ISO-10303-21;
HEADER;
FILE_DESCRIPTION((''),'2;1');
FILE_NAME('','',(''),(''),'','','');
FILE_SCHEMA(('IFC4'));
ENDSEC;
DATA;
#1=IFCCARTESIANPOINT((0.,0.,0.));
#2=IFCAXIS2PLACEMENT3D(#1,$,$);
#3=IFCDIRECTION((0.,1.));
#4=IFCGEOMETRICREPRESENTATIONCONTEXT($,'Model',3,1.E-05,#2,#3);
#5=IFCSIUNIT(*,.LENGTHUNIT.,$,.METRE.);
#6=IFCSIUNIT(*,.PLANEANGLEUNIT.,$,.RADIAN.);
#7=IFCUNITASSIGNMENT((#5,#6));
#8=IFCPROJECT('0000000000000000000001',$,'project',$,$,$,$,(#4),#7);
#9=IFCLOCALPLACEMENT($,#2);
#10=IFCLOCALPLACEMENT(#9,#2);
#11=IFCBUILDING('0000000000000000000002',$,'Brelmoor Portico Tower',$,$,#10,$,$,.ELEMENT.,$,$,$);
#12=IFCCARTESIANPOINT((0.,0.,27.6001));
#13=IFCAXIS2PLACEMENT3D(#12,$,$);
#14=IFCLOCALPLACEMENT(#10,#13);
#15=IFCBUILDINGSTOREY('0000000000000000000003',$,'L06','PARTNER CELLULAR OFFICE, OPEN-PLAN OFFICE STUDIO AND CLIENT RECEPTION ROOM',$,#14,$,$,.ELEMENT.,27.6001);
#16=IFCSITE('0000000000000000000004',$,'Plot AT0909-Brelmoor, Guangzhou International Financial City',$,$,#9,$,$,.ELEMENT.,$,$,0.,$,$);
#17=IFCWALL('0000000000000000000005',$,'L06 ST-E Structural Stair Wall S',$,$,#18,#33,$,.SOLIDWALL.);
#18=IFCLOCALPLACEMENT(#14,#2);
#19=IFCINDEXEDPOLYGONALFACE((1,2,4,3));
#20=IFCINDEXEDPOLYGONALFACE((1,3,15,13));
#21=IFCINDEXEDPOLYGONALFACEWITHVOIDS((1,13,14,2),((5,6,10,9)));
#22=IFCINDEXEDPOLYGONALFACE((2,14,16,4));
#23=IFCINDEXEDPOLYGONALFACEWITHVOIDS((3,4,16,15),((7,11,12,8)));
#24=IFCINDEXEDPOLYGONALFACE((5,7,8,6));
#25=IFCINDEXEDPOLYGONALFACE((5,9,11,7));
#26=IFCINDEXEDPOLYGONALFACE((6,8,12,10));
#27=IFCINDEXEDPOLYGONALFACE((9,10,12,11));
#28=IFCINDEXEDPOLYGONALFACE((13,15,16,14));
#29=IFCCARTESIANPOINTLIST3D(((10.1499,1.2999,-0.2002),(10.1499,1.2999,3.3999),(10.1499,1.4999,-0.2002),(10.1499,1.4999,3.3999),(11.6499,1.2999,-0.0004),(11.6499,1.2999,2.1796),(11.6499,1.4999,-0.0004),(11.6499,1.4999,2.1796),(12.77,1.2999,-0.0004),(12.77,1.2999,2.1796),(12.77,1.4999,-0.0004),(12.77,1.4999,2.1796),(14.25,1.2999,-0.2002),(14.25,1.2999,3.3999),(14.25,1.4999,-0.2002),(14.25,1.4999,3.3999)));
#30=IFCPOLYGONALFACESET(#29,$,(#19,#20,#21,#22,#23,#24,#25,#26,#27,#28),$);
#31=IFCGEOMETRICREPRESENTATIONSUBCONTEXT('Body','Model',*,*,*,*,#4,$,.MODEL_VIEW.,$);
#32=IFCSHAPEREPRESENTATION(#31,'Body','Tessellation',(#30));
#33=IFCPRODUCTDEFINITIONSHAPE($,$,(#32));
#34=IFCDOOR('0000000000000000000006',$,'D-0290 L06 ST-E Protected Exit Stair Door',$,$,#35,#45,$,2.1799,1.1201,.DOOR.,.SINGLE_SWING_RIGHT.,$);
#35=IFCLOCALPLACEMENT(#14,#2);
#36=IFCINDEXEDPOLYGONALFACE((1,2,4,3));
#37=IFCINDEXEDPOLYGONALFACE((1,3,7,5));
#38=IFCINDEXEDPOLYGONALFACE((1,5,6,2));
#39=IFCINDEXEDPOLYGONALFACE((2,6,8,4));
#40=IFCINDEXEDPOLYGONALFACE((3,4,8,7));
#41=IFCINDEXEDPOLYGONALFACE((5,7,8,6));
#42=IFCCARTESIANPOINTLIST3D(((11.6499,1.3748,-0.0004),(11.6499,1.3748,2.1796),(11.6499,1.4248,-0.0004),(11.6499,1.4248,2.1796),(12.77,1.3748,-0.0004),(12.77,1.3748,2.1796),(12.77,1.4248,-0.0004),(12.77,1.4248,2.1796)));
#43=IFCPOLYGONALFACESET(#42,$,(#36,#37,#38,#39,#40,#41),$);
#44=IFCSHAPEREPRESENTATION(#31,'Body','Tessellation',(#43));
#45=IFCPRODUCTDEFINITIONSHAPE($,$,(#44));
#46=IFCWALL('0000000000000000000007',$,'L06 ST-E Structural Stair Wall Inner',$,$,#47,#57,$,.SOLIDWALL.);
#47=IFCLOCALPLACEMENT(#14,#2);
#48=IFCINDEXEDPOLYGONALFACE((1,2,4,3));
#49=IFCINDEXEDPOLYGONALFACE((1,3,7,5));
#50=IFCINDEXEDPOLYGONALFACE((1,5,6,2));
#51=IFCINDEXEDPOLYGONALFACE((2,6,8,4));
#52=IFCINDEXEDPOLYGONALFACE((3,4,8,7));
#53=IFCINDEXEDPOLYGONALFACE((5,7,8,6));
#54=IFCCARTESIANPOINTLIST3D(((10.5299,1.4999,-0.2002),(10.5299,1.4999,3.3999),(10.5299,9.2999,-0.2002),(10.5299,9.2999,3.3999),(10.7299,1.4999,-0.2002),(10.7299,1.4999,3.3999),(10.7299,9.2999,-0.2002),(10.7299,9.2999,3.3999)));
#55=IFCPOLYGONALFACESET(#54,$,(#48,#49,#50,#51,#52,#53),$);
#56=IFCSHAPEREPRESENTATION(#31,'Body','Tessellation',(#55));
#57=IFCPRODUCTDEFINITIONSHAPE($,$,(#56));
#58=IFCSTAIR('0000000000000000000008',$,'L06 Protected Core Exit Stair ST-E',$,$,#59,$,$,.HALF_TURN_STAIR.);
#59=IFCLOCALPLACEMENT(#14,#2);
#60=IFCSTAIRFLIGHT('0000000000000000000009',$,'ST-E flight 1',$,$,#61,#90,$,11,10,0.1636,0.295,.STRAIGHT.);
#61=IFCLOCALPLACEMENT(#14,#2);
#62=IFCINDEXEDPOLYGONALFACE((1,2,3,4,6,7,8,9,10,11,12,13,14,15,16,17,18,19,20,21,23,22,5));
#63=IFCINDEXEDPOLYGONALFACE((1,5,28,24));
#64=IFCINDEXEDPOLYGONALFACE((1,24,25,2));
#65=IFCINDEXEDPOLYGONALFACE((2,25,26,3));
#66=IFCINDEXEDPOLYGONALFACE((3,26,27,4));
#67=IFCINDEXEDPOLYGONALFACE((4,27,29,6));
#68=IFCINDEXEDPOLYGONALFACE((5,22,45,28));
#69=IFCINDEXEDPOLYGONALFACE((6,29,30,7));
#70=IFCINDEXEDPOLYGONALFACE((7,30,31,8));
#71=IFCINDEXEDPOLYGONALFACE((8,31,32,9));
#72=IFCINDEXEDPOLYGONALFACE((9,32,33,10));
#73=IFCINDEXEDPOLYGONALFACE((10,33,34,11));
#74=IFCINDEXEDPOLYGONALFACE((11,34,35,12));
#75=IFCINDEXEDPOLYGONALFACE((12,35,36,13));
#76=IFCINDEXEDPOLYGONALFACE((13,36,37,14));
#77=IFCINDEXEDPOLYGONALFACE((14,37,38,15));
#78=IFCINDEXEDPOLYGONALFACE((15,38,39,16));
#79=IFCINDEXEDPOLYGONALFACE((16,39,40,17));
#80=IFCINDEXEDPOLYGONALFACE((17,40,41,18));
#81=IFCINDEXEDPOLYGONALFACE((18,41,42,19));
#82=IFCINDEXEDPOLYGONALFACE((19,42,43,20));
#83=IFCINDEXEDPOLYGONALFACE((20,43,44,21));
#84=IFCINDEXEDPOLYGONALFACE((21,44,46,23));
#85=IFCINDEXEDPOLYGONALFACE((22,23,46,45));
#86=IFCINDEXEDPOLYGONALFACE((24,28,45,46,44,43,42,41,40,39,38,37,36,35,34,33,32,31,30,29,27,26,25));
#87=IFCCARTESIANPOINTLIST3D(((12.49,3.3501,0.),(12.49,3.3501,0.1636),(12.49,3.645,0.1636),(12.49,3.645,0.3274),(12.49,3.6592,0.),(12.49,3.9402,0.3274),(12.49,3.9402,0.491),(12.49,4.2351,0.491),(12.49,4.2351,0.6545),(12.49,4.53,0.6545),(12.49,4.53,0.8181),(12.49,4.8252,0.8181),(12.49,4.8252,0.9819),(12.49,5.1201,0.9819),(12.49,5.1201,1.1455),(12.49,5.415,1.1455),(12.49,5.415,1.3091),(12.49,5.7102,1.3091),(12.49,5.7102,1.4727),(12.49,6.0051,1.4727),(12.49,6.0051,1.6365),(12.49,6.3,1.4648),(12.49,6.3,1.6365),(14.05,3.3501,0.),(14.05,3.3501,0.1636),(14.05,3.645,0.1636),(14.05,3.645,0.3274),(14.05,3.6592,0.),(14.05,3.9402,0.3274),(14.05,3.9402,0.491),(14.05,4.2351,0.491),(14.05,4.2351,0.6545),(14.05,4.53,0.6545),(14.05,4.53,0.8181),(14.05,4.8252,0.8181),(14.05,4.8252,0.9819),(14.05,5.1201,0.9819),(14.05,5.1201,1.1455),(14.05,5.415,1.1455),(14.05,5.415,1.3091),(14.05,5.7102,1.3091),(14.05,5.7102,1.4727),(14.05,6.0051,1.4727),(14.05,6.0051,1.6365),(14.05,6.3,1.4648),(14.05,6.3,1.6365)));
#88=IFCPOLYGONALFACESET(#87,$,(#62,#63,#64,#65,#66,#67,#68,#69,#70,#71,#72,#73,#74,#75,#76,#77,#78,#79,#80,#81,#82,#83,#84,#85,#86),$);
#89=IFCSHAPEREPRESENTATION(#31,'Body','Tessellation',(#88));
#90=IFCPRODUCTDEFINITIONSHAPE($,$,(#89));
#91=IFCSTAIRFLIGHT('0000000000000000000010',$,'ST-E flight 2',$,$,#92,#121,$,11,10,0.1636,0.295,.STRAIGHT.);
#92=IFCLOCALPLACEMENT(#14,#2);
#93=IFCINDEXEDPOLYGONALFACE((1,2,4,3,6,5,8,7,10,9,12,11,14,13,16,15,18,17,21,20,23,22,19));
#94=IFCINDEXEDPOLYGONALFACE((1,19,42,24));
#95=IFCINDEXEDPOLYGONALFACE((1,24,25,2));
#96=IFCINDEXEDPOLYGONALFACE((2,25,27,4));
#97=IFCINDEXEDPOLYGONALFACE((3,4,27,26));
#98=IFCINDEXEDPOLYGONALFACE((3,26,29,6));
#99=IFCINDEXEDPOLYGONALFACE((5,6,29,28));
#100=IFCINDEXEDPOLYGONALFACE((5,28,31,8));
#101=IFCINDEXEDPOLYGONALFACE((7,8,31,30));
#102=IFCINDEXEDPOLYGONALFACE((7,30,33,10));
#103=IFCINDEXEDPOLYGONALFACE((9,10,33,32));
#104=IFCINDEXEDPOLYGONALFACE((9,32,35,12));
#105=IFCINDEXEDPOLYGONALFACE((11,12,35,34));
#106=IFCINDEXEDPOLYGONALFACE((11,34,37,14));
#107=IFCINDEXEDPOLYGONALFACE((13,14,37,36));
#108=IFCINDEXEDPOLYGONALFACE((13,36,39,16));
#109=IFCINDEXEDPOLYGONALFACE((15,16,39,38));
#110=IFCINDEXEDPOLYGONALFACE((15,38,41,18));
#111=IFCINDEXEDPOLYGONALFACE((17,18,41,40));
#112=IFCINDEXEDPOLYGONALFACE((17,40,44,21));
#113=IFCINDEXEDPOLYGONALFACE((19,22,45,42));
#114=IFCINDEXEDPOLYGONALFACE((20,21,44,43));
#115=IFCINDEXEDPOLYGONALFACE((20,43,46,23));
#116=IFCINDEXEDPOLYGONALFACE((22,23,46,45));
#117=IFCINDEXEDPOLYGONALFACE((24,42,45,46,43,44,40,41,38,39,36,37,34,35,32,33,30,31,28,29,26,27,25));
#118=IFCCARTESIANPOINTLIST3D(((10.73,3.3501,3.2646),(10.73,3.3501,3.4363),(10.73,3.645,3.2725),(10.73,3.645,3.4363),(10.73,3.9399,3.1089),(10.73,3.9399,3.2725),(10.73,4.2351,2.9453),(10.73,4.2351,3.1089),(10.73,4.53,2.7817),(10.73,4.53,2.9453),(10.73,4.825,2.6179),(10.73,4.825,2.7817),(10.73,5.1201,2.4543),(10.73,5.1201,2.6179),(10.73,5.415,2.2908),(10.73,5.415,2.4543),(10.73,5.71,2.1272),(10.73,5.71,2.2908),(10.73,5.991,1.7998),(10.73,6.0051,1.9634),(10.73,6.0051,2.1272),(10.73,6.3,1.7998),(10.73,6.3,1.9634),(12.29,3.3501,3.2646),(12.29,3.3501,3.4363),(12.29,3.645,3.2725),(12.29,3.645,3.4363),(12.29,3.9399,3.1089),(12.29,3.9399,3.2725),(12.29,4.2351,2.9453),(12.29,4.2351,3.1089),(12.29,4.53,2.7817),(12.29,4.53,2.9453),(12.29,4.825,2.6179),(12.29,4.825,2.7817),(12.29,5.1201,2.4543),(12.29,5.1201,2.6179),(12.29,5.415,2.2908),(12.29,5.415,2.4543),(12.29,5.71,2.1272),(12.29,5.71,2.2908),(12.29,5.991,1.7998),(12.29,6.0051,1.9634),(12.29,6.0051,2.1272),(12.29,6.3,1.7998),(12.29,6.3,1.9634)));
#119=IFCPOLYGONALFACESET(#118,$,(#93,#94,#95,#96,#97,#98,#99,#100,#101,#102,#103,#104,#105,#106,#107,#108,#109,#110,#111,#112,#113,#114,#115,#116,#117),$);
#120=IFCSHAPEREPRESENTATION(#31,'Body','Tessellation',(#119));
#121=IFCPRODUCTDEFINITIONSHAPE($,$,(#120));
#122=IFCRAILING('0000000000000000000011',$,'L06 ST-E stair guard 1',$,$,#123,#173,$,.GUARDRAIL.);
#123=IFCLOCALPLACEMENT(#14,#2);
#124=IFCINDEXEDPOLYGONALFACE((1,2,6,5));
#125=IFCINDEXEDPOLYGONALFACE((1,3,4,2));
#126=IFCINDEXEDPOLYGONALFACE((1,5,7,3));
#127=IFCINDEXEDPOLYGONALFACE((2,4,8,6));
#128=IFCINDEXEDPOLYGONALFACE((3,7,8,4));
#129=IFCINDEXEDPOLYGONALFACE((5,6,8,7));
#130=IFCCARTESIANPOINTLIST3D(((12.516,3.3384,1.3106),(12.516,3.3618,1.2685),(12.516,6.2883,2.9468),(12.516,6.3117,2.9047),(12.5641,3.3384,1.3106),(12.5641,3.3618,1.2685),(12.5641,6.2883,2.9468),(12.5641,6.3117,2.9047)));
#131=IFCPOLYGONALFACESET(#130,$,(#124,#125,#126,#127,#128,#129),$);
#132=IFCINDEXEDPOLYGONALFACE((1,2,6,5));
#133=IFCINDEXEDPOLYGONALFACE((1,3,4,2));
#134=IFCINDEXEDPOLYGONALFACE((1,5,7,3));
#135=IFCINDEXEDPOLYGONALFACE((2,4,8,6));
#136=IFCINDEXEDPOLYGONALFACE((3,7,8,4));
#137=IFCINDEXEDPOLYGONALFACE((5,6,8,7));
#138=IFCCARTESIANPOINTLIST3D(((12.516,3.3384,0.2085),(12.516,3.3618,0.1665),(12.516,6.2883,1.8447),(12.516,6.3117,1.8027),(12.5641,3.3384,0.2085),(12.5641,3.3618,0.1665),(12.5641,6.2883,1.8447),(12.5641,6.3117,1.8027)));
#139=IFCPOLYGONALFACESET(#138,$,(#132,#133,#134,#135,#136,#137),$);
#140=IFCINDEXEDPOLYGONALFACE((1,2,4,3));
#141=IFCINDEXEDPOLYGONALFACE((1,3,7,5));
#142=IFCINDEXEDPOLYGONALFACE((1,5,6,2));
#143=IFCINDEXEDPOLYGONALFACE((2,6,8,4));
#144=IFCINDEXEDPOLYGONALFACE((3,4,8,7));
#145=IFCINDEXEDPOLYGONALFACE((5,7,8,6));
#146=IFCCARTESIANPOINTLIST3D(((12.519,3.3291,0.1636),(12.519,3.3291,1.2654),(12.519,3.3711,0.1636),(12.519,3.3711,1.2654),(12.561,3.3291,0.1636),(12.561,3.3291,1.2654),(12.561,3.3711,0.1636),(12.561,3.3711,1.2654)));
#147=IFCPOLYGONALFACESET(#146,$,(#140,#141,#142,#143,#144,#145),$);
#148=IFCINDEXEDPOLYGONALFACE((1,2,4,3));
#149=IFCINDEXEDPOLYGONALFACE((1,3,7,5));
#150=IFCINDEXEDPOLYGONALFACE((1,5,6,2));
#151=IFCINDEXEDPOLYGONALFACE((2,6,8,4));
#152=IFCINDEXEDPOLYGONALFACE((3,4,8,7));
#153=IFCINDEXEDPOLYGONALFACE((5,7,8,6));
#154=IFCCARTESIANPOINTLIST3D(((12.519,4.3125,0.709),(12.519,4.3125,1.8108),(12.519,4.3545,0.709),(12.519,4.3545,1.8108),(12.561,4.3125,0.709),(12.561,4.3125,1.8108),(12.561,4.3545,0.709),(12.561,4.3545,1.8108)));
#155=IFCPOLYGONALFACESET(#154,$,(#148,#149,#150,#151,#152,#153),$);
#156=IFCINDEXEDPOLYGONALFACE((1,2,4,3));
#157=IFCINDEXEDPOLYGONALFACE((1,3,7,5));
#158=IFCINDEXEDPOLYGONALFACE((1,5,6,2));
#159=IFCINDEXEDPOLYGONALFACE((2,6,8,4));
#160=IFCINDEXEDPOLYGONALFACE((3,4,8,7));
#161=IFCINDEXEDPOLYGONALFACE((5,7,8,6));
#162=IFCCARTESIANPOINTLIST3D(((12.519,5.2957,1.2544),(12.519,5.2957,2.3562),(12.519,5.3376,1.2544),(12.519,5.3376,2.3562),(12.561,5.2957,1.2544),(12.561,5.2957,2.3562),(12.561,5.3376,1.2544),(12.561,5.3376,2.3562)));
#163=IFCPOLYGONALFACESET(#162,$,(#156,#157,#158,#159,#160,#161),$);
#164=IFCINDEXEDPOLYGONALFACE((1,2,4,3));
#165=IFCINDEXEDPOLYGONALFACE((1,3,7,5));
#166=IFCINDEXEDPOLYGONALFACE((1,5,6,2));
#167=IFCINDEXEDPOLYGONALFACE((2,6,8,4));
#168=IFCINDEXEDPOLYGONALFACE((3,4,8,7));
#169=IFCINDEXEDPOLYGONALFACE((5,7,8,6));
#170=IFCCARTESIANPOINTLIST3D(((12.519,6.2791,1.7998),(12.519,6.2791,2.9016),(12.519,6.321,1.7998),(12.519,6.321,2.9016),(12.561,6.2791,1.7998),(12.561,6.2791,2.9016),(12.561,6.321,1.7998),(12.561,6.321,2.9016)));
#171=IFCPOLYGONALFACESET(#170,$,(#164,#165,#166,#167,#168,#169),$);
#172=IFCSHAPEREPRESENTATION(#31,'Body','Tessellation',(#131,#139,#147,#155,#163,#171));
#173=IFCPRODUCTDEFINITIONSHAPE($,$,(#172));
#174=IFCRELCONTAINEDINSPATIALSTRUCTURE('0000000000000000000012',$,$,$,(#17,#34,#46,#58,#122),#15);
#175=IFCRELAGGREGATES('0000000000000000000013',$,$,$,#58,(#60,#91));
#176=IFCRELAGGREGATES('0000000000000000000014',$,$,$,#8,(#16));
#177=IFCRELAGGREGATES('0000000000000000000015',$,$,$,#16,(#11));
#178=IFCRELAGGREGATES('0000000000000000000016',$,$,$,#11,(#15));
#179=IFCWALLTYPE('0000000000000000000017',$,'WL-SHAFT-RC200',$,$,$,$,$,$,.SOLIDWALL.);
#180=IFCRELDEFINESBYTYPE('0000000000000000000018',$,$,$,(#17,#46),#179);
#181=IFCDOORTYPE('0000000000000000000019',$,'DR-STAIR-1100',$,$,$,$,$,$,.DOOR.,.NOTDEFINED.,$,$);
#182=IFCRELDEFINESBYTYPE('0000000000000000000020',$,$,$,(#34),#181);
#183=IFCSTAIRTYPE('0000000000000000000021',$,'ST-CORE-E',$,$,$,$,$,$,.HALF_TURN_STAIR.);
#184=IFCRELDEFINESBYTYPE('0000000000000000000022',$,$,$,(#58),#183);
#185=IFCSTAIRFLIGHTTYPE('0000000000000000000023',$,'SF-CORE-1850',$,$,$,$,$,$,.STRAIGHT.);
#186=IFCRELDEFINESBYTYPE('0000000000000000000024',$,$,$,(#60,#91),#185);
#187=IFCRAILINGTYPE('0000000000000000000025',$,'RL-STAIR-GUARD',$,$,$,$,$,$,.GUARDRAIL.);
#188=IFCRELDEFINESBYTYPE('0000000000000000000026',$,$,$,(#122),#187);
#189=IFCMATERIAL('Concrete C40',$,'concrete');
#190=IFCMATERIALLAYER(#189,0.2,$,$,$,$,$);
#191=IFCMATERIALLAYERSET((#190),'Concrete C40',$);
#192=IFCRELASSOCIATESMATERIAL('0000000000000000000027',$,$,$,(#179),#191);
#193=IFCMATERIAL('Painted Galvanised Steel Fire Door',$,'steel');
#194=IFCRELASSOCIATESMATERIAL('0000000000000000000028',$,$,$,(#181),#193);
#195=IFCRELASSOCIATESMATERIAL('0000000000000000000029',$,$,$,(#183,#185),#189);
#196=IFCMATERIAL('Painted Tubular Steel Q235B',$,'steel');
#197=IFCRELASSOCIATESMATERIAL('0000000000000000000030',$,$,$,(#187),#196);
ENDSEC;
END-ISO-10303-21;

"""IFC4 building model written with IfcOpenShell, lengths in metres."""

from ifc_helpers import new_model, si_unit, direction, frame, frame_2d, origin, origin_2d, place, context, subcontext, project, spatial, polyline, rectangle, outline, extrude, material, layer, layer_set, type_object, element, fill, aggregate, save


model = new_model("IFC4")

# Units and contexts
model_context = context("Model", 3, precision=1e-05, world=origin(), true_north=direction((0.0, 1.0)))
body_context = subcontext(model_context, "Body", "Model", "MODEL_VIEW")
ifc_project = project(units=[si_unit("LENGTHUNIT", "METRE"), si_unit("PLANEANGLEUNIT", "RADIAN")], contexts=[model_context])

# Site, building, storey
site_placement = place(None, origin())
site = spatial("IfcSite", under=ifc_project, at=site_placement, Name="Plot AT0909-Brelmoor, Guangzhou International Financial City", CompositionType="ELEMENT", RefElevation=0.0)
building_placement = place(site_placement, origin())
building = spatial("IfcBuilding", under=site, at=building_placement, Name="Brelmoor Portico Tower", CompositionType="ELEMENT")
storey_placement = place(building_placement, frame((0.0, 0.0, 27.6001)))
storey = spatial("IfcBuildingStorey", under=building, at=storey_placement, Name="L06", Description="PARTNER CELLULAR OFFICE, OPEN-PLAN OFFICE STUDIO AND CLIENT RECEPTION ROOM", CompositionType="ELEMENT", Elevation=27.6001)

# Wall, opening, door
ifc_material_1 = material(Name="Concrete C40", Category="concrete")
ifc_layer_1 = layer(ifc_material_1, 0.2)
ifc_layer_set_1 = layer_set([ifc_layer_1], Name="Concrete C40")
wall_type_1 = type_object("IfcWallType", Name="WL-SHAFT-RC200", PredefinedType="SOLIDWALL", material=ifc_layer_set_1)
wall_1_placement = place(storey_placement, frame((10.1499, 1.3999, -0.2002), z_axis=(0.0, 0.0, 1.0), x_axis=(1.0, 0.0, 0.0)))
wall_1 = element("IfcWall", 1, at=wall_1_placement, inside=storey, type_object=wall_type_1, Name="L06 ST-E Structural Stair Wall S", PredefinedType="SOLIDWALL", context=body_context, shape_type="SweptSolid", body=[
    extrude(rectangle(XDim=4.1001, YDim=0.2, at=frame_2d((2.05, 0.0))), origin(), (0.0, 0.0, 1.0), 3.6001),
])
opening_placement = place(wall_1_placement, frame((1.5, 0.0, 0.2)))
opening = element("IfcOpeningElement", 2, at=opening_placement, cuts=wall_1, PredefinedType="OPENING", context=body_context, shape_type="SweptSolid", body=[
    extrude(rectangle(XDim=1.1201, YDim=2.1799, at=frame_2d((0.5601, 1.0898))), frame((0.0, 0.1099, 0.0), z_axis=(0.0, -1.0, 0.0), x_axis=(1.0, 0.0, 0.0)), (0.0, 0.0, 1.0), 0.22),
])
ifc_material_2 = material(Name="Painted Galvanised Steel Fire Door", Category="steel")
door_type = type_object("IfcDoorType", Name="DR-STAIR-1100", OperationType="NOTDEFINED", PredefinedType="DOOR", material=ifc_material_2)
door_placement = place(opening_placement, origin())
door = element("IfcDoor", 3, at=door_placement, inside=storey, type_object=door_type, Name="D-0290 L06 ST-E Protected Exit Stair Door", OperationType="SINGLE_SWING_RIGHT", OverallHeight=2.1799, OverallWidth=1.1201, PredefinedType="DOOR", context=body_context, shape_type="SweptSolid", body=[
    extrude(rectangle(XDim=1.1201, YDim=2.1799, at=frame_2d((0.5601, 1.0898))), frame((0.0, 0.0249, 0.0), z_axis=(0.0, -1.0, 0.0), x_axis=(1.0, 0.0, 0.0)), (0.0, 0.0, 1.0), 0.05),
])
fill(opening, door)

# Wall
wall_2_placement = place(storey_placement, frame((10.6299, 1.5, -0.2002), z_axis=(0.0, 0.0, 1.0), x_axis=(0.0, 1.0, 0.0)))
element("IfcWall", 4, at=wall_2_placement, inside=storey, type_object=wall_type_1, Name="L06 ST-E Structural Stair Wall Inner", PredefinedType="SOLIDWALL", context=body_context, shape_type="SweptSolid", body=[
    extrude(rectangle(XDim=7.8, YDim=0.2, at=frame_2d((3.8999, 0.0))), origin(), (0.0, 0.0, 1.0), 3.6001),
])

# Stair, stair flights
stair_type = type_object("IfcStairType", Name="ST-CORE-E", PredefinedType="HALF_TURN_STAIR", material=ifc_material_1)
stair_placement = place(storey_placement, origin())
stair = element("IfcStair", 5, at=stair_placement, inside=storey, type_object=stair_type, Name="L06 Protected Core Exit Stair ST-E", PredefinedType="HALF_TURN_STAIR")
stair_flight_type = type_object("IfcStairFlightType", Name="SF-CORE-1850", PredefinedType="STRAIGHT", material=ifc_material_1)
stair_flight_1_placement = place(storey_placement, frame((13.27, 3.3501, 0.0), z_axis=(0.0, 0.0, 1.0), x_axis=(0.0, 1.0, 0.0)))
stair_flight_1 = element("IfcStairFlight", 6, at=stair_flight_1_placement, type_object=stair_flight_type, Name="ST-E flight 1", NumberOfRisers=11, NumberOfTreads=10, PredefinedType="STRAIGHT", RiserHeight=0.1636, TreadLength=0.295, context=body_context, shape_type="SweptSolid", body=[
    extrude(outline(polyline([(0.0, 0.0), (0.0, 0.1636), (0.2949, 0.1636), (0.2949, 0.3274), (0.5901, 0.3274), (0.5901, 0.491), (0.885, 0.491), (0.885, 0.6545), (1.1799, 0.6545), (1.1799, 0.8181), (1.4751, 0.8181), (1.4751, 0.9819), (1.77, 0.9819), (1.77, 1.1455), (2.0649, 1.1455), (2.0649, 1.3091), (2.3601, 1.3091), (2.3601, 1.4727), (2.655, 1.4727), (2.655, 1.6365), (2.95, 1.6365), (2.95, 1.8), (2.95, 1.4648), (0.3091, 0.0), (0.0, 0.0)])), frame((0.0, 0.78, 0.0), z_axis=(0.0, -1.0, 0.0), x_axis=(1.0, 0.0, 0.0)), (0.0, 0.0, 1.0), 1.5601),
])
stair_flight_2_placement = place(storey_placement, frame((11.51, 6.3, 1.7998), z_axis=(0.0, 0.0, 1.0), x_axis=(0.0, -1.0, 0.0)))
stair_flight_2 = element("IfcStairFlight", 7, at=stair_flight_2_placement, type_object=stair_flight_type, Name="ST-E flight 2", NumberOfRisers=11, NumberOfTreads=10, PredefinedType="STRAIGHT", RiserHeight=0.1636, TreadLength=0.295, context=body_context, shape_type="SweptSolid", body=[
    extrude(outline(polyline([(0.0, 0.0), (0.0, 0.1636), (0.2949, 0.1636), (0.2949, 0.3274), (0.5901, 0.3274), (0.5901, 0.491), (0.885, 0.491), (0.885, 0.6545), (1.1799, 0.6545), (1.1799, 0.8181), (1.4751, 0.8181), (1.4751, 0.9819), (1.77, 0.9819), (1.77, 1.1455), (2.0649, 1.1455), (2.0649, 1.3091), (2.3601, 1.3091), (2.3601, 1.4727), (2.655, 1.4727), (2.655, 1.6365), (2.95, 1.6365), (2.95, 1.8), (2.95, 1.4648), (0.3091, 0.0), (0.0, 0.0)])), frame((0.0, 0.78, 0.0), z_axis=(0.0, -1.0, 0.0), x_axis=(1.0, 0.0, 0.0)), (0.0, 0.0, 1.0), 1.5601),
])
aggregate(stair, [stair_flight_1, stair_flight_2])

# Railing
ifc_material_3 = material(Name="Painted Tubular Steel Q235B", Category="steel")
railing_type_1 = type_object("IfcRailingType", Name="RL-STAIR-GUARD", PredefinedType="GUARDRAIL", material=ifc_material_3)
railing_1_placement = place(storey_placement, frame((12.54, 3.3501, 0.1636)))
element("IfcRailing", 8, at=railing_1_placement, inside=storey, type_object=railing_type_1, Name="L06 ST-E stair guard 1", PredefinedType="GUARDRAIL", context=body_context, shape_type="SweptSolid", body=[
    extrude(rectangle(XDim=0.0481, YDim=0.0481, at=origin_2d()), frame((0.0, 0.0, 1.126), z_axis=(0.0, 0.874488, 0.485047), x_axis=(-1.0, 0.0, 0.0)), (0.0, 0.0, 1.0), 3.3733),
    extrude(rectangle(XDim=0.0481, YDim=0.0481, at=origin_2d()), frame((0.0, 0.0, 0.0239), z_axis=(0.0, 0.874488, 0.485047), x_axis=(-1.0, 0.0, 0.0)), (0.0, 0.0, 1.0), 3.3733),
    extrude(rectangle(XDim=0.042, YDim=0.042, at=origin_2d()), origin(), (0.0, 0.0, 1.0), 1.1018),
    extrude(rectangle(XDim=0.042, YDim=0.042, at=origin_2d()), frame((0.0, 0.9834, 0.5454)), (0.0, 0.0, 1.0), 1.1018),
    extrude(rectangle(XDim=0.042, YDim=0.042, at=origin_2d()), frame((0.0, 1.9666, 1.0908)), (0.0, 0.0, 1.0), 1.1018),
    extrude(rectangle(XDim=0.042, YDim=0.042, at=origin_2d()), frame((0.0, 2.95, 1.6362)), (0.0, 0.0, 1.0), 1.1018),
])

save(model, "model.ifc")
